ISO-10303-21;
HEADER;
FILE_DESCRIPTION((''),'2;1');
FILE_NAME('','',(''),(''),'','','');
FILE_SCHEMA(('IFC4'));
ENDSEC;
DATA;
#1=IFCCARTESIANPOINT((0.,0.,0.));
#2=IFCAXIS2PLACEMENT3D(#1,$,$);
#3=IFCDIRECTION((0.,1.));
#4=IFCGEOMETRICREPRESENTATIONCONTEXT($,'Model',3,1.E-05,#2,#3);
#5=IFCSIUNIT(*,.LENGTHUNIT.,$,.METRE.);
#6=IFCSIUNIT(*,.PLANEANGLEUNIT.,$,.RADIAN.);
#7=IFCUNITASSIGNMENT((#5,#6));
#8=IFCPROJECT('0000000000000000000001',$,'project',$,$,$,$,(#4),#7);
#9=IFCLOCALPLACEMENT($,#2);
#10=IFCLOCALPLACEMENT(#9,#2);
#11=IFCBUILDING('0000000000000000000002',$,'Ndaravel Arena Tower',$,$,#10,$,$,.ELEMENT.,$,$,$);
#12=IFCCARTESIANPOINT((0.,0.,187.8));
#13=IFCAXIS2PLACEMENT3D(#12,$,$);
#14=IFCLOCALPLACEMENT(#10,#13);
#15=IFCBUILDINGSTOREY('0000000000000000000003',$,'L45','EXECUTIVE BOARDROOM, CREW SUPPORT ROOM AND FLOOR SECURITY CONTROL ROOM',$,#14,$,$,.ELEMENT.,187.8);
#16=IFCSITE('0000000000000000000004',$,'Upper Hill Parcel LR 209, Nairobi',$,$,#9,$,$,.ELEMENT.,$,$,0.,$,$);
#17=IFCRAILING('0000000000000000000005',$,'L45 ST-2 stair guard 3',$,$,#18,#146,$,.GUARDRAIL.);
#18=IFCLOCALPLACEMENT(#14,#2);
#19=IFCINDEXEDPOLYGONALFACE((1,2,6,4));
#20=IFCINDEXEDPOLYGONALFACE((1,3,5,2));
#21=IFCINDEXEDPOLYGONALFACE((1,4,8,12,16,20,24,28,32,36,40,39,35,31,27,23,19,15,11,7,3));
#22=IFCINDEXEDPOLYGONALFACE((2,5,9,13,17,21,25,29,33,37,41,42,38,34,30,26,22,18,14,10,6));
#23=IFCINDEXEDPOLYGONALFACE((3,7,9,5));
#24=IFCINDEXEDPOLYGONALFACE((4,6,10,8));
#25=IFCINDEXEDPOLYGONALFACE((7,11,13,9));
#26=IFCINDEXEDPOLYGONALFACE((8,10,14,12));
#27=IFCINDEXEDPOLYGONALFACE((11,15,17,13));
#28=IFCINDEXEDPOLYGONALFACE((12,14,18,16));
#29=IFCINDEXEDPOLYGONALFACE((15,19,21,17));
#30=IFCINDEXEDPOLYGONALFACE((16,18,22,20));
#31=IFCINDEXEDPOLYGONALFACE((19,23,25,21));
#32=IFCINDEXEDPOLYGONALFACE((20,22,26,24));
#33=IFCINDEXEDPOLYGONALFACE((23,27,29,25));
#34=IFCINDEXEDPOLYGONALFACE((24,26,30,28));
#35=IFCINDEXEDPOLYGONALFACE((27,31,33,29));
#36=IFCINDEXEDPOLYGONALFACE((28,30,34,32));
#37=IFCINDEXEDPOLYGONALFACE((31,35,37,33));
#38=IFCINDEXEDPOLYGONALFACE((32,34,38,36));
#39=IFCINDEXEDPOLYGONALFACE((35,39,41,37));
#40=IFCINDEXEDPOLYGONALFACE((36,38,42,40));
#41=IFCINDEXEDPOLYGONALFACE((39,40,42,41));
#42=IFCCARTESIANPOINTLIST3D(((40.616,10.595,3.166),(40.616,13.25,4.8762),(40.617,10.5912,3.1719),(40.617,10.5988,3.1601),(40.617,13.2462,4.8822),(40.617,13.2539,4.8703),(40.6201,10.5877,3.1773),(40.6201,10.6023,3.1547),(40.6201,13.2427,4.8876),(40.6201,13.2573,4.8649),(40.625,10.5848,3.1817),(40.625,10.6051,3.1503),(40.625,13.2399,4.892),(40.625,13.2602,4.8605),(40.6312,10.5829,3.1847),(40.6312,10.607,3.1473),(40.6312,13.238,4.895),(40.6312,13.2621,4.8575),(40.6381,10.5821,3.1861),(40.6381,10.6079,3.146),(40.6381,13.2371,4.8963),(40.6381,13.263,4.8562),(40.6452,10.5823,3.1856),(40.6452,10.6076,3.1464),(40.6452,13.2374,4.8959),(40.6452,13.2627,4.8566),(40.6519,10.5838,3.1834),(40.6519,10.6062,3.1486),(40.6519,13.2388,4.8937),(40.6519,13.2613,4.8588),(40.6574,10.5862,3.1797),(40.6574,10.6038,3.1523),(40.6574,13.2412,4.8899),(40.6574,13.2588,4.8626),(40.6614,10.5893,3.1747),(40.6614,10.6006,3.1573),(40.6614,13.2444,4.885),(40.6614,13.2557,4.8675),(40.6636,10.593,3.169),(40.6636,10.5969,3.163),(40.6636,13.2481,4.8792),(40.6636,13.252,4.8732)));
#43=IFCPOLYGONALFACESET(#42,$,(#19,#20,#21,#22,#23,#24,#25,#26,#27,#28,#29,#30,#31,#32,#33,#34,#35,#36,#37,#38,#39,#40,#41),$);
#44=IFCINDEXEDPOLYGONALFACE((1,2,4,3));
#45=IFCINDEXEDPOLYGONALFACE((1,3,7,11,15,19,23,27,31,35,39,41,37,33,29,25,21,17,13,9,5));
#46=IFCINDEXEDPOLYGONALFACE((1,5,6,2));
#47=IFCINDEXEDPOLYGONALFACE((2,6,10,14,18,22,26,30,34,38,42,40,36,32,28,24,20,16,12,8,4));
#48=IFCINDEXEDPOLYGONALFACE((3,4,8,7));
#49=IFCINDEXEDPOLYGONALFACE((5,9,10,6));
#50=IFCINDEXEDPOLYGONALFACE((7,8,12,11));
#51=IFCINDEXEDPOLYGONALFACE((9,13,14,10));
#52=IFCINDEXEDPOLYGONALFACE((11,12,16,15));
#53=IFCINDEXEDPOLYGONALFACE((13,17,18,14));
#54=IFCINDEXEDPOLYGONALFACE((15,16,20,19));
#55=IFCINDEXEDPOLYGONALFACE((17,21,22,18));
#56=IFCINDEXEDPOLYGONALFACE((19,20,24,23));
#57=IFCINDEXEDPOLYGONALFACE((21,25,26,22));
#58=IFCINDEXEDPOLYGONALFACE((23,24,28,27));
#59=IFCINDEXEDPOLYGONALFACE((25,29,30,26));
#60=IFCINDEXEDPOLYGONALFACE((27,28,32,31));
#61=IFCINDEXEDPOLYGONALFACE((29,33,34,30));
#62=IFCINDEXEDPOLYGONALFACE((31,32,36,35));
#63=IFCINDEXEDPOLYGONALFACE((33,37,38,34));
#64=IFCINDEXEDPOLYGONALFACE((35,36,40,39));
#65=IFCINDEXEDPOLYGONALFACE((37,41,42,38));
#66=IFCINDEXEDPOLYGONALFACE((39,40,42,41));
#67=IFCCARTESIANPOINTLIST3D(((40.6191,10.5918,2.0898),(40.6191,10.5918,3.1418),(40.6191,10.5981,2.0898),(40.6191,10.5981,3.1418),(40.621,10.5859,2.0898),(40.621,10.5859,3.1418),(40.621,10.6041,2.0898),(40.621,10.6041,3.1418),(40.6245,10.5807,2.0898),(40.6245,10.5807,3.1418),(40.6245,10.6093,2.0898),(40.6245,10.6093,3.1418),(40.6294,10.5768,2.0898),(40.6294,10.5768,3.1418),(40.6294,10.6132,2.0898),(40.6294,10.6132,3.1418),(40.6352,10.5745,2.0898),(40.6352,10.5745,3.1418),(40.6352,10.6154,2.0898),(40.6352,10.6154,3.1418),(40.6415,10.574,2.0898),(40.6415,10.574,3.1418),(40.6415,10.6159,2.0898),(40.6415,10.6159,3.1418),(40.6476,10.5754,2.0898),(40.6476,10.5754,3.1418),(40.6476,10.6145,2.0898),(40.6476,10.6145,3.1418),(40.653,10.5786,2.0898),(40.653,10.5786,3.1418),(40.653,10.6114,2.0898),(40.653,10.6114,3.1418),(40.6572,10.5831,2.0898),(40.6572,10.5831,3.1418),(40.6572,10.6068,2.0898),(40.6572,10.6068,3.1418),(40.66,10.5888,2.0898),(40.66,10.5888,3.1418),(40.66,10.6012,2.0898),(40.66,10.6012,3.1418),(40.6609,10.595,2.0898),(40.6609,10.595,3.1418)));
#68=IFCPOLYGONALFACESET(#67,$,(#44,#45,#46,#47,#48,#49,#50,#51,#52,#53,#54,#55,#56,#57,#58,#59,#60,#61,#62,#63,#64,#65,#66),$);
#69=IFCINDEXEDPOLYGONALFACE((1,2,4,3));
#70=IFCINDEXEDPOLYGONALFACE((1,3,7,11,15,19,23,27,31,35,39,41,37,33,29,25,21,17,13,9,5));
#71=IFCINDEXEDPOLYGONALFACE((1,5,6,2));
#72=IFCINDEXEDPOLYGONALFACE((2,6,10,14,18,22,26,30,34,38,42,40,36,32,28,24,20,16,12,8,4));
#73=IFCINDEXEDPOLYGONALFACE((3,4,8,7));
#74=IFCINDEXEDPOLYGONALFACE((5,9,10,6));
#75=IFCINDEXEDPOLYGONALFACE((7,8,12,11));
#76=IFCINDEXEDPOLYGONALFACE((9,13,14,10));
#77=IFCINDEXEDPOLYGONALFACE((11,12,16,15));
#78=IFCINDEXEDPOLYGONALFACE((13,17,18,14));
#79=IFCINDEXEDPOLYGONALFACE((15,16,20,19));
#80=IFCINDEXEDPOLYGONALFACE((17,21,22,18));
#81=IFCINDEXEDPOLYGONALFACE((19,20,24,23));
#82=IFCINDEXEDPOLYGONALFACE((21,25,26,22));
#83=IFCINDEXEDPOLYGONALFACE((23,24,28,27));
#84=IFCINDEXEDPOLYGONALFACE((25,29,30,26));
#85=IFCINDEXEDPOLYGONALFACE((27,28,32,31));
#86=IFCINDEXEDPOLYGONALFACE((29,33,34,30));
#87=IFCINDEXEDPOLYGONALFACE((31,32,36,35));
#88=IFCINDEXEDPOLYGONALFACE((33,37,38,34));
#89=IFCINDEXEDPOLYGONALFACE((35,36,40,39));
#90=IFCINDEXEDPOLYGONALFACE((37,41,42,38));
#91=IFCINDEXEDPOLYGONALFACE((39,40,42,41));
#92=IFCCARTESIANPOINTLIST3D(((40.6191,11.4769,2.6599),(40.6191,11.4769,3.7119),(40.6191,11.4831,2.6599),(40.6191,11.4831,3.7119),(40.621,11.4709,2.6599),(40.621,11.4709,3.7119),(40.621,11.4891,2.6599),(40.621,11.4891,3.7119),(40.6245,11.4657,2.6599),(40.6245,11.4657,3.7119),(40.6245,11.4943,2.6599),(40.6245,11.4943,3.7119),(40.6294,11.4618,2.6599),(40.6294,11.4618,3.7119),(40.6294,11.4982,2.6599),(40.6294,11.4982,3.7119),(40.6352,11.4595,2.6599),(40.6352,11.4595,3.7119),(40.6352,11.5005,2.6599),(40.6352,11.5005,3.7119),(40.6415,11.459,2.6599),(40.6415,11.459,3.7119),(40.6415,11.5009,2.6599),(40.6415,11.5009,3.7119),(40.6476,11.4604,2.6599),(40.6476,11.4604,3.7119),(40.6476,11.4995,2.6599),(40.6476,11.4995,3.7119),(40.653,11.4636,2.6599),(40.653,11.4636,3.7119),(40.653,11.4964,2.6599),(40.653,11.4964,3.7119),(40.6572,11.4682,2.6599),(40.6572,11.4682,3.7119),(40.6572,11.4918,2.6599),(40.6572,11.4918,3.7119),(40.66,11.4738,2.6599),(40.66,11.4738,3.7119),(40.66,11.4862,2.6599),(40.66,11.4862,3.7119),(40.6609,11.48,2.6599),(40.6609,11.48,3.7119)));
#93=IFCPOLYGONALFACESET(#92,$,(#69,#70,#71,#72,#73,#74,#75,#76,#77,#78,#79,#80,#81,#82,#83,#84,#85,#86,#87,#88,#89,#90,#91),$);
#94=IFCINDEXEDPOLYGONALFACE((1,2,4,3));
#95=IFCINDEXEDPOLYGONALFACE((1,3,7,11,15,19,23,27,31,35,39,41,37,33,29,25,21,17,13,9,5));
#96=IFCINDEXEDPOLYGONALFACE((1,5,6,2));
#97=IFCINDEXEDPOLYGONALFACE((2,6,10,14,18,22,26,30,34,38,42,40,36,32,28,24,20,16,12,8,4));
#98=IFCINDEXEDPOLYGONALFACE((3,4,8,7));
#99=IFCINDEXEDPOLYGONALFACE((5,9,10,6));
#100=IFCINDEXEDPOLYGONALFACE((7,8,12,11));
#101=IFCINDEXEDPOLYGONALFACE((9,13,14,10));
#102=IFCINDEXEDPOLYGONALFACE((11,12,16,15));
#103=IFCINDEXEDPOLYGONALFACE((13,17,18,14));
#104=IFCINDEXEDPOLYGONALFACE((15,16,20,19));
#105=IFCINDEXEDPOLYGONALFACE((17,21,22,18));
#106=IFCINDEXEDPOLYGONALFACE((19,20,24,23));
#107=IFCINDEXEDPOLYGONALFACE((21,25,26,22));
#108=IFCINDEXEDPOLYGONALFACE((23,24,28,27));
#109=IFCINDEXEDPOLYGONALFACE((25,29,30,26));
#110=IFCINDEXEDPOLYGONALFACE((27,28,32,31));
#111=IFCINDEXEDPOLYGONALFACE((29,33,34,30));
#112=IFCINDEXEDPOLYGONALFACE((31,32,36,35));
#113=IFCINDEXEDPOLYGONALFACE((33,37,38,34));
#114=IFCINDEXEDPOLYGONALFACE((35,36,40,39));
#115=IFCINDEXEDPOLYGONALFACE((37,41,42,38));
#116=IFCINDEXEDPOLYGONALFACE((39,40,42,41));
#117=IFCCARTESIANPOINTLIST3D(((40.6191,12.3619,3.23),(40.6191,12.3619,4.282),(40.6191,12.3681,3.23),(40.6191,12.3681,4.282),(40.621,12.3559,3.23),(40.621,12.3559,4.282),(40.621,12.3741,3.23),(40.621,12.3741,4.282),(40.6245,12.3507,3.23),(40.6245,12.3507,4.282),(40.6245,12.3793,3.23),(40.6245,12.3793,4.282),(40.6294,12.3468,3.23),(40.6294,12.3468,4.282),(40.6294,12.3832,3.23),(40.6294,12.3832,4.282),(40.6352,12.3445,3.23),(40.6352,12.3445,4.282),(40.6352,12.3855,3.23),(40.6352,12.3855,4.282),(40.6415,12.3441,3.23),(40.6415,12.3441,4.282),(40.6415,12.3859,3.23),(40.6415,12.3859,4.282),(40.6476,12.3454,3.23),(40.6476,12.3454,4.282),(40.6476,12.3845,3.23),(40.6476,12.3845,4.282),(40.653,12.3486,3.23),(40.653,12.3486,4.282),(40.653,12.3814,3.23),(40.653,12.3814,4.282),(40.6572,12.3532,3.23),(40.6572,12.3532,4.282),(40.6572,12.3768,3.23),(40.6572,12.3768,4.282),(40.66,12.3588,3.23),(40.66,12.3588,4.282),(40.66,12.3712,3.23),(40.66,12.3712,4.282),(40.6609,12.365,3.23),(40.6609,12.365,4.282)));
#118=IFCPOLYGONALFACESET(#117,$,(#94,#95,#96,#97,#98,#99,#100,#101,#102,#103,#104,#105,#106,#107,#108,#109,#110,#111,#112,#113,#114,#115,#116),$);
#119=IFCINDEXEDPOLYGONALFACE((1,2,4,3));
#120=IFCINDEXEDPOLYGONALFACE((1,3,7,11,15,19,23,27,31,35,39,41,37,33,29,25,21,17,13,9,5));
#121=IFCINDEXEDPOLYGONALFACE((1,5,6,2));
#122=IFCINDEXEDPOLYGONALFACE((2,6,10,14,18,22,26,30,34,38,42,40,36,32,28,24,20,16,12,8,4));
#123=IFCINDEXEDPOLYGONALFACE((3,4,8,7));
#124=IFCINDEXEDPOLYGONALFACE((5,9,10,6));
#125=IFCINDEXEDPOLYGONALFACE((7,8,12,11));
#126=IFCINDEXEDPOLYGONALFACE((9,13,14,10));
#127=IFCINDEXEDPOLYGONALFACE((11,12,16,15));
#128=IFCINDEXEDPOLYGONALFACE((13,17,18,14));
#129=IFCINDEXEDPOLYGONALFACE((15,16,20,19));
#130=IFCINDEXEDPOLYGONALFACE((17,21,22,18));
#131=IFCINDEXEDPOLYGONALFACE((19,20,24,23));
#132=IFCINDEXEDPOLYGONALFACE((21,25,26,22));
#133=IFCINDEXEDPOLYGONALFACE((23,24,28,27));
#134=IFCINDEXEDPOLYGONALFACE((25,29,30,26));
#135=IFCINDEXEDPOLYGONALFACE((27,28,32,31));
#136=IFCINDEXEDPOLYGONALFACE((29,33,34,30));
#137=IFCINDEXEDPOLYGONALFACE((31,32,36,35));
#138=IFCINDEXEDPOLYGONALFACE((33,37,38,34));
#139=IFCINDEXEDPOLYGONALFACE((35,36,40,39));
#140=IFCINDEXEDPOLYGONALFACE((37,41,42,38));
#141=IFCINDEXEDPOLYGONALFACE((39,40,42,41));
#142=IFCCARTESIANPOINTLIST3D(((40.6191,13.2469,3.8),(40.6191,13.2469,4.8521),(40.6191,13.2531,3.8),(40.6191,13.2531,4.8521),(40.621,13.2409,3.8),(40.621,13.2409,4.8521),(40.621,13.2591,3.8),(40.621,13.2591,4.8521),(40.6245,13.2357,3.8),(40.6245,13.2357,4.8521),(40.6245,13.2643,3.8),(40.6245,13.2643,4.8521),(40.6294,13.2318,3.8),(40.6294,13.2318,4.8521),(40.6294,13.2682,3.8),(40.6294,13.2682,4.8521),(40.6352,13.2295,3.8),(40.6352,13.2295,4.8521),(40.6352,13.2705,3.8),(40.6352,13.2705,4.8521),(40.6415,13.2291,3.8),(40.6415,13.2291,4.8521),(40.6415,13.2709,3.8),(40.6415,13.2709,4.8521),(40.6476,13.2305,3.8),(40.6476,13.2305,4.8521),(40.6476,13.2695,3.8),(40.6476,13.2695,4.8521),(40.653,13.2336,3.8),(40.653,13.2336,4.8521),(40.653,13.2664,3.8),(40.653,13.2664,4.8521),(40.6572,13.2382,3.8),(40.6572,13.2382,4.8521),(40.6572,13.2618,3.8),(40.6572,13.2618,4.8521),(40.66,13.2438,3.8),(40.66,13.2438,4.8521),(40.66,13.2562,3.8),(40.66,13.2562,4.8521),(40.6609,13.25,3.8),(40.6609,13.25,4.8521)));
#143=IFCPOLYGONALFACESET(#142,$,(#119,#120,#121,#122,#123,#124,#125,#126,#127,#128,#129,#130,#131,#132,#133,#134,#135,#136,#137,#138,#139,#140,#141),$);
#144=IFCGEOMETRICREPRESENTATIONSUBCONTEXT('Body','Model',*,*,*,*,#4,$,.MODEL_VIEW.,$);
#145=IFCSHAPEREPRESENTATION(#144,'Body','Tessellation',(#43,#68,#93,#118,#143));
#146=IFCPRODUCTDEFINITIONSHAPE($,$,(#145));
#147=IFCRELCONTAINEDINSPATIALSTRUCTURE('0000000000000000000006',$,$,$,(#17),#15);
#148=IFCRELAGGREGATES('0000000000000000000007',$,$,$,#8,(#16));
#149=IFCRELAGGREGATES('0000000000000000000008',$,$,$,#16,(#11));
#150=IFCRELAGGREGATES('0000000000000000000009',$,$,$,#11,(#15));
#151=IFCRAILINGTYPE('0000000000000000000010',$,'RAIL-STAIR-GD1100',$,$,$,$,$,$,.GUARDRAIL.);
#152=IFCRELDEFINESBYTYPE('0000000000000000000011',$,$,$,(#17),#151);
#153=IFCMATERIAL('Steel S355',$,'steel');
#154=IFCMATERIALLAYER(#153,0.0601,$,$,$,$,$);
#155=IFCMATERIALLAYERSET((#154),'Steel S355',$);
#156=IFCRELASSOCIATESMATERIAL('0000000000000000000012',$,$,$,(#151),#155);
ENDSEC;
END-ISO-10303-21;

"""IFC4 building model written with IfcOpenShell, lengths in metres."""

from ifc_helpers import new_model, si_unit, direction, frame, origin, origin_2d, place, context, subcontext, project, spatial, circle, extrude, material, layer, layer_set, type_object, element, save


model = new_model("IFC4")

# Units and contexts
model_context = context("Model", 3, precision=1e-05, world=origin(), true_north=direction((0.0, 1.0)))
body_context = subcontext(model_context, "Body", "Model", "MODEL_VIEW")
ifc_project = project(units=[si_unit("LENGTHUNIT", "METRE"), si_unit("PLANEANGLEUNIT", "RADIAN")], contexts=[model_context])

# Site, building, storey
site_placement = place(None, origin())
site = spatial("IfcSite", under=ifc_project, at=site_placement, Name="Upper Hill Parcel LR 209, Nairobi", CompositionType="ELEMENT", RefElevation=0.0)
building_placement = place(site_placement, origin())
building = spatial("IfcBuilding", under=site, at=building_placement, Name="Ndaravel Arena Tower", CompositionType="ELEMENT")
storey_placement = place(building_placement, frame((0.0, 0.0, 187.8)))
storey = spatial("IfcBuildingStorey", under=building, at=storey_placement, Name="L45", Description="EXECUTIVE BOARDROOM, CREW SUPPORT ROOM AND FLOOR SECURITY CONTROL ROOM", CompositionType="ELEMENT", Elevation=187.8)

# Railing
ifc_material_1 = material(Name="Steel S355", Category="steel")
ifc_layer_1 = layer(ifc_material_1, 0.0601)
ifc_layer_set_1 = layer_set([ifc_layer_1], Name="Steel S355")
railing_type_1 = type_object("IfcRailingType", Name="RAIL-STAIR-GD1100", PredefinedType="GUARDRAIL", material=ifc_layer_set_1)
railing_1_placement = place(storey_placement, frame((40.6399, 10.595, 2.0898)))
element("IfcRailing", 1, at=railing_1_placement, inside=storey, type_object=railing_type_1, Name="L45 ST-2 stair guard 3", PredefinedType="GUARDRAIL", context=body_context, shape_type="SweptSolid", body=[
    extrude(circle(Radius=0.0239, at=origin_2d()), frame((0.0, 0.0, 1.0762), z_axis=(0.0, 0.840688, 0.541519), x_axis=(-1.0, 0.0, 0.0)), (0.0, 0.0, 1.0), 3.1582),
    extrude(circle(Radius=0.021, at=origin_2d()), origin(), (0.0, 0.0, 1.0), 1.052),
    extrude(circle(Radius=0.021, at=origin_2d()), frame((0.0, 0.885, 0.5701)), (0.0, 0.0, 1.0), 1.052),
    extrude(circle(Radius=0.021, at=origin_2d()), frame((0.0, 1.77, 1.1401)), (0.0, 0.0, 1.0), 1.052),
    extrude(circle(Radius=0.021, at=origin_2d()), frame((0.0, 2.655, 1.7102)), (0.0, 0.0, 1.0), 1.052),
])

save(model, "model.ifc")
